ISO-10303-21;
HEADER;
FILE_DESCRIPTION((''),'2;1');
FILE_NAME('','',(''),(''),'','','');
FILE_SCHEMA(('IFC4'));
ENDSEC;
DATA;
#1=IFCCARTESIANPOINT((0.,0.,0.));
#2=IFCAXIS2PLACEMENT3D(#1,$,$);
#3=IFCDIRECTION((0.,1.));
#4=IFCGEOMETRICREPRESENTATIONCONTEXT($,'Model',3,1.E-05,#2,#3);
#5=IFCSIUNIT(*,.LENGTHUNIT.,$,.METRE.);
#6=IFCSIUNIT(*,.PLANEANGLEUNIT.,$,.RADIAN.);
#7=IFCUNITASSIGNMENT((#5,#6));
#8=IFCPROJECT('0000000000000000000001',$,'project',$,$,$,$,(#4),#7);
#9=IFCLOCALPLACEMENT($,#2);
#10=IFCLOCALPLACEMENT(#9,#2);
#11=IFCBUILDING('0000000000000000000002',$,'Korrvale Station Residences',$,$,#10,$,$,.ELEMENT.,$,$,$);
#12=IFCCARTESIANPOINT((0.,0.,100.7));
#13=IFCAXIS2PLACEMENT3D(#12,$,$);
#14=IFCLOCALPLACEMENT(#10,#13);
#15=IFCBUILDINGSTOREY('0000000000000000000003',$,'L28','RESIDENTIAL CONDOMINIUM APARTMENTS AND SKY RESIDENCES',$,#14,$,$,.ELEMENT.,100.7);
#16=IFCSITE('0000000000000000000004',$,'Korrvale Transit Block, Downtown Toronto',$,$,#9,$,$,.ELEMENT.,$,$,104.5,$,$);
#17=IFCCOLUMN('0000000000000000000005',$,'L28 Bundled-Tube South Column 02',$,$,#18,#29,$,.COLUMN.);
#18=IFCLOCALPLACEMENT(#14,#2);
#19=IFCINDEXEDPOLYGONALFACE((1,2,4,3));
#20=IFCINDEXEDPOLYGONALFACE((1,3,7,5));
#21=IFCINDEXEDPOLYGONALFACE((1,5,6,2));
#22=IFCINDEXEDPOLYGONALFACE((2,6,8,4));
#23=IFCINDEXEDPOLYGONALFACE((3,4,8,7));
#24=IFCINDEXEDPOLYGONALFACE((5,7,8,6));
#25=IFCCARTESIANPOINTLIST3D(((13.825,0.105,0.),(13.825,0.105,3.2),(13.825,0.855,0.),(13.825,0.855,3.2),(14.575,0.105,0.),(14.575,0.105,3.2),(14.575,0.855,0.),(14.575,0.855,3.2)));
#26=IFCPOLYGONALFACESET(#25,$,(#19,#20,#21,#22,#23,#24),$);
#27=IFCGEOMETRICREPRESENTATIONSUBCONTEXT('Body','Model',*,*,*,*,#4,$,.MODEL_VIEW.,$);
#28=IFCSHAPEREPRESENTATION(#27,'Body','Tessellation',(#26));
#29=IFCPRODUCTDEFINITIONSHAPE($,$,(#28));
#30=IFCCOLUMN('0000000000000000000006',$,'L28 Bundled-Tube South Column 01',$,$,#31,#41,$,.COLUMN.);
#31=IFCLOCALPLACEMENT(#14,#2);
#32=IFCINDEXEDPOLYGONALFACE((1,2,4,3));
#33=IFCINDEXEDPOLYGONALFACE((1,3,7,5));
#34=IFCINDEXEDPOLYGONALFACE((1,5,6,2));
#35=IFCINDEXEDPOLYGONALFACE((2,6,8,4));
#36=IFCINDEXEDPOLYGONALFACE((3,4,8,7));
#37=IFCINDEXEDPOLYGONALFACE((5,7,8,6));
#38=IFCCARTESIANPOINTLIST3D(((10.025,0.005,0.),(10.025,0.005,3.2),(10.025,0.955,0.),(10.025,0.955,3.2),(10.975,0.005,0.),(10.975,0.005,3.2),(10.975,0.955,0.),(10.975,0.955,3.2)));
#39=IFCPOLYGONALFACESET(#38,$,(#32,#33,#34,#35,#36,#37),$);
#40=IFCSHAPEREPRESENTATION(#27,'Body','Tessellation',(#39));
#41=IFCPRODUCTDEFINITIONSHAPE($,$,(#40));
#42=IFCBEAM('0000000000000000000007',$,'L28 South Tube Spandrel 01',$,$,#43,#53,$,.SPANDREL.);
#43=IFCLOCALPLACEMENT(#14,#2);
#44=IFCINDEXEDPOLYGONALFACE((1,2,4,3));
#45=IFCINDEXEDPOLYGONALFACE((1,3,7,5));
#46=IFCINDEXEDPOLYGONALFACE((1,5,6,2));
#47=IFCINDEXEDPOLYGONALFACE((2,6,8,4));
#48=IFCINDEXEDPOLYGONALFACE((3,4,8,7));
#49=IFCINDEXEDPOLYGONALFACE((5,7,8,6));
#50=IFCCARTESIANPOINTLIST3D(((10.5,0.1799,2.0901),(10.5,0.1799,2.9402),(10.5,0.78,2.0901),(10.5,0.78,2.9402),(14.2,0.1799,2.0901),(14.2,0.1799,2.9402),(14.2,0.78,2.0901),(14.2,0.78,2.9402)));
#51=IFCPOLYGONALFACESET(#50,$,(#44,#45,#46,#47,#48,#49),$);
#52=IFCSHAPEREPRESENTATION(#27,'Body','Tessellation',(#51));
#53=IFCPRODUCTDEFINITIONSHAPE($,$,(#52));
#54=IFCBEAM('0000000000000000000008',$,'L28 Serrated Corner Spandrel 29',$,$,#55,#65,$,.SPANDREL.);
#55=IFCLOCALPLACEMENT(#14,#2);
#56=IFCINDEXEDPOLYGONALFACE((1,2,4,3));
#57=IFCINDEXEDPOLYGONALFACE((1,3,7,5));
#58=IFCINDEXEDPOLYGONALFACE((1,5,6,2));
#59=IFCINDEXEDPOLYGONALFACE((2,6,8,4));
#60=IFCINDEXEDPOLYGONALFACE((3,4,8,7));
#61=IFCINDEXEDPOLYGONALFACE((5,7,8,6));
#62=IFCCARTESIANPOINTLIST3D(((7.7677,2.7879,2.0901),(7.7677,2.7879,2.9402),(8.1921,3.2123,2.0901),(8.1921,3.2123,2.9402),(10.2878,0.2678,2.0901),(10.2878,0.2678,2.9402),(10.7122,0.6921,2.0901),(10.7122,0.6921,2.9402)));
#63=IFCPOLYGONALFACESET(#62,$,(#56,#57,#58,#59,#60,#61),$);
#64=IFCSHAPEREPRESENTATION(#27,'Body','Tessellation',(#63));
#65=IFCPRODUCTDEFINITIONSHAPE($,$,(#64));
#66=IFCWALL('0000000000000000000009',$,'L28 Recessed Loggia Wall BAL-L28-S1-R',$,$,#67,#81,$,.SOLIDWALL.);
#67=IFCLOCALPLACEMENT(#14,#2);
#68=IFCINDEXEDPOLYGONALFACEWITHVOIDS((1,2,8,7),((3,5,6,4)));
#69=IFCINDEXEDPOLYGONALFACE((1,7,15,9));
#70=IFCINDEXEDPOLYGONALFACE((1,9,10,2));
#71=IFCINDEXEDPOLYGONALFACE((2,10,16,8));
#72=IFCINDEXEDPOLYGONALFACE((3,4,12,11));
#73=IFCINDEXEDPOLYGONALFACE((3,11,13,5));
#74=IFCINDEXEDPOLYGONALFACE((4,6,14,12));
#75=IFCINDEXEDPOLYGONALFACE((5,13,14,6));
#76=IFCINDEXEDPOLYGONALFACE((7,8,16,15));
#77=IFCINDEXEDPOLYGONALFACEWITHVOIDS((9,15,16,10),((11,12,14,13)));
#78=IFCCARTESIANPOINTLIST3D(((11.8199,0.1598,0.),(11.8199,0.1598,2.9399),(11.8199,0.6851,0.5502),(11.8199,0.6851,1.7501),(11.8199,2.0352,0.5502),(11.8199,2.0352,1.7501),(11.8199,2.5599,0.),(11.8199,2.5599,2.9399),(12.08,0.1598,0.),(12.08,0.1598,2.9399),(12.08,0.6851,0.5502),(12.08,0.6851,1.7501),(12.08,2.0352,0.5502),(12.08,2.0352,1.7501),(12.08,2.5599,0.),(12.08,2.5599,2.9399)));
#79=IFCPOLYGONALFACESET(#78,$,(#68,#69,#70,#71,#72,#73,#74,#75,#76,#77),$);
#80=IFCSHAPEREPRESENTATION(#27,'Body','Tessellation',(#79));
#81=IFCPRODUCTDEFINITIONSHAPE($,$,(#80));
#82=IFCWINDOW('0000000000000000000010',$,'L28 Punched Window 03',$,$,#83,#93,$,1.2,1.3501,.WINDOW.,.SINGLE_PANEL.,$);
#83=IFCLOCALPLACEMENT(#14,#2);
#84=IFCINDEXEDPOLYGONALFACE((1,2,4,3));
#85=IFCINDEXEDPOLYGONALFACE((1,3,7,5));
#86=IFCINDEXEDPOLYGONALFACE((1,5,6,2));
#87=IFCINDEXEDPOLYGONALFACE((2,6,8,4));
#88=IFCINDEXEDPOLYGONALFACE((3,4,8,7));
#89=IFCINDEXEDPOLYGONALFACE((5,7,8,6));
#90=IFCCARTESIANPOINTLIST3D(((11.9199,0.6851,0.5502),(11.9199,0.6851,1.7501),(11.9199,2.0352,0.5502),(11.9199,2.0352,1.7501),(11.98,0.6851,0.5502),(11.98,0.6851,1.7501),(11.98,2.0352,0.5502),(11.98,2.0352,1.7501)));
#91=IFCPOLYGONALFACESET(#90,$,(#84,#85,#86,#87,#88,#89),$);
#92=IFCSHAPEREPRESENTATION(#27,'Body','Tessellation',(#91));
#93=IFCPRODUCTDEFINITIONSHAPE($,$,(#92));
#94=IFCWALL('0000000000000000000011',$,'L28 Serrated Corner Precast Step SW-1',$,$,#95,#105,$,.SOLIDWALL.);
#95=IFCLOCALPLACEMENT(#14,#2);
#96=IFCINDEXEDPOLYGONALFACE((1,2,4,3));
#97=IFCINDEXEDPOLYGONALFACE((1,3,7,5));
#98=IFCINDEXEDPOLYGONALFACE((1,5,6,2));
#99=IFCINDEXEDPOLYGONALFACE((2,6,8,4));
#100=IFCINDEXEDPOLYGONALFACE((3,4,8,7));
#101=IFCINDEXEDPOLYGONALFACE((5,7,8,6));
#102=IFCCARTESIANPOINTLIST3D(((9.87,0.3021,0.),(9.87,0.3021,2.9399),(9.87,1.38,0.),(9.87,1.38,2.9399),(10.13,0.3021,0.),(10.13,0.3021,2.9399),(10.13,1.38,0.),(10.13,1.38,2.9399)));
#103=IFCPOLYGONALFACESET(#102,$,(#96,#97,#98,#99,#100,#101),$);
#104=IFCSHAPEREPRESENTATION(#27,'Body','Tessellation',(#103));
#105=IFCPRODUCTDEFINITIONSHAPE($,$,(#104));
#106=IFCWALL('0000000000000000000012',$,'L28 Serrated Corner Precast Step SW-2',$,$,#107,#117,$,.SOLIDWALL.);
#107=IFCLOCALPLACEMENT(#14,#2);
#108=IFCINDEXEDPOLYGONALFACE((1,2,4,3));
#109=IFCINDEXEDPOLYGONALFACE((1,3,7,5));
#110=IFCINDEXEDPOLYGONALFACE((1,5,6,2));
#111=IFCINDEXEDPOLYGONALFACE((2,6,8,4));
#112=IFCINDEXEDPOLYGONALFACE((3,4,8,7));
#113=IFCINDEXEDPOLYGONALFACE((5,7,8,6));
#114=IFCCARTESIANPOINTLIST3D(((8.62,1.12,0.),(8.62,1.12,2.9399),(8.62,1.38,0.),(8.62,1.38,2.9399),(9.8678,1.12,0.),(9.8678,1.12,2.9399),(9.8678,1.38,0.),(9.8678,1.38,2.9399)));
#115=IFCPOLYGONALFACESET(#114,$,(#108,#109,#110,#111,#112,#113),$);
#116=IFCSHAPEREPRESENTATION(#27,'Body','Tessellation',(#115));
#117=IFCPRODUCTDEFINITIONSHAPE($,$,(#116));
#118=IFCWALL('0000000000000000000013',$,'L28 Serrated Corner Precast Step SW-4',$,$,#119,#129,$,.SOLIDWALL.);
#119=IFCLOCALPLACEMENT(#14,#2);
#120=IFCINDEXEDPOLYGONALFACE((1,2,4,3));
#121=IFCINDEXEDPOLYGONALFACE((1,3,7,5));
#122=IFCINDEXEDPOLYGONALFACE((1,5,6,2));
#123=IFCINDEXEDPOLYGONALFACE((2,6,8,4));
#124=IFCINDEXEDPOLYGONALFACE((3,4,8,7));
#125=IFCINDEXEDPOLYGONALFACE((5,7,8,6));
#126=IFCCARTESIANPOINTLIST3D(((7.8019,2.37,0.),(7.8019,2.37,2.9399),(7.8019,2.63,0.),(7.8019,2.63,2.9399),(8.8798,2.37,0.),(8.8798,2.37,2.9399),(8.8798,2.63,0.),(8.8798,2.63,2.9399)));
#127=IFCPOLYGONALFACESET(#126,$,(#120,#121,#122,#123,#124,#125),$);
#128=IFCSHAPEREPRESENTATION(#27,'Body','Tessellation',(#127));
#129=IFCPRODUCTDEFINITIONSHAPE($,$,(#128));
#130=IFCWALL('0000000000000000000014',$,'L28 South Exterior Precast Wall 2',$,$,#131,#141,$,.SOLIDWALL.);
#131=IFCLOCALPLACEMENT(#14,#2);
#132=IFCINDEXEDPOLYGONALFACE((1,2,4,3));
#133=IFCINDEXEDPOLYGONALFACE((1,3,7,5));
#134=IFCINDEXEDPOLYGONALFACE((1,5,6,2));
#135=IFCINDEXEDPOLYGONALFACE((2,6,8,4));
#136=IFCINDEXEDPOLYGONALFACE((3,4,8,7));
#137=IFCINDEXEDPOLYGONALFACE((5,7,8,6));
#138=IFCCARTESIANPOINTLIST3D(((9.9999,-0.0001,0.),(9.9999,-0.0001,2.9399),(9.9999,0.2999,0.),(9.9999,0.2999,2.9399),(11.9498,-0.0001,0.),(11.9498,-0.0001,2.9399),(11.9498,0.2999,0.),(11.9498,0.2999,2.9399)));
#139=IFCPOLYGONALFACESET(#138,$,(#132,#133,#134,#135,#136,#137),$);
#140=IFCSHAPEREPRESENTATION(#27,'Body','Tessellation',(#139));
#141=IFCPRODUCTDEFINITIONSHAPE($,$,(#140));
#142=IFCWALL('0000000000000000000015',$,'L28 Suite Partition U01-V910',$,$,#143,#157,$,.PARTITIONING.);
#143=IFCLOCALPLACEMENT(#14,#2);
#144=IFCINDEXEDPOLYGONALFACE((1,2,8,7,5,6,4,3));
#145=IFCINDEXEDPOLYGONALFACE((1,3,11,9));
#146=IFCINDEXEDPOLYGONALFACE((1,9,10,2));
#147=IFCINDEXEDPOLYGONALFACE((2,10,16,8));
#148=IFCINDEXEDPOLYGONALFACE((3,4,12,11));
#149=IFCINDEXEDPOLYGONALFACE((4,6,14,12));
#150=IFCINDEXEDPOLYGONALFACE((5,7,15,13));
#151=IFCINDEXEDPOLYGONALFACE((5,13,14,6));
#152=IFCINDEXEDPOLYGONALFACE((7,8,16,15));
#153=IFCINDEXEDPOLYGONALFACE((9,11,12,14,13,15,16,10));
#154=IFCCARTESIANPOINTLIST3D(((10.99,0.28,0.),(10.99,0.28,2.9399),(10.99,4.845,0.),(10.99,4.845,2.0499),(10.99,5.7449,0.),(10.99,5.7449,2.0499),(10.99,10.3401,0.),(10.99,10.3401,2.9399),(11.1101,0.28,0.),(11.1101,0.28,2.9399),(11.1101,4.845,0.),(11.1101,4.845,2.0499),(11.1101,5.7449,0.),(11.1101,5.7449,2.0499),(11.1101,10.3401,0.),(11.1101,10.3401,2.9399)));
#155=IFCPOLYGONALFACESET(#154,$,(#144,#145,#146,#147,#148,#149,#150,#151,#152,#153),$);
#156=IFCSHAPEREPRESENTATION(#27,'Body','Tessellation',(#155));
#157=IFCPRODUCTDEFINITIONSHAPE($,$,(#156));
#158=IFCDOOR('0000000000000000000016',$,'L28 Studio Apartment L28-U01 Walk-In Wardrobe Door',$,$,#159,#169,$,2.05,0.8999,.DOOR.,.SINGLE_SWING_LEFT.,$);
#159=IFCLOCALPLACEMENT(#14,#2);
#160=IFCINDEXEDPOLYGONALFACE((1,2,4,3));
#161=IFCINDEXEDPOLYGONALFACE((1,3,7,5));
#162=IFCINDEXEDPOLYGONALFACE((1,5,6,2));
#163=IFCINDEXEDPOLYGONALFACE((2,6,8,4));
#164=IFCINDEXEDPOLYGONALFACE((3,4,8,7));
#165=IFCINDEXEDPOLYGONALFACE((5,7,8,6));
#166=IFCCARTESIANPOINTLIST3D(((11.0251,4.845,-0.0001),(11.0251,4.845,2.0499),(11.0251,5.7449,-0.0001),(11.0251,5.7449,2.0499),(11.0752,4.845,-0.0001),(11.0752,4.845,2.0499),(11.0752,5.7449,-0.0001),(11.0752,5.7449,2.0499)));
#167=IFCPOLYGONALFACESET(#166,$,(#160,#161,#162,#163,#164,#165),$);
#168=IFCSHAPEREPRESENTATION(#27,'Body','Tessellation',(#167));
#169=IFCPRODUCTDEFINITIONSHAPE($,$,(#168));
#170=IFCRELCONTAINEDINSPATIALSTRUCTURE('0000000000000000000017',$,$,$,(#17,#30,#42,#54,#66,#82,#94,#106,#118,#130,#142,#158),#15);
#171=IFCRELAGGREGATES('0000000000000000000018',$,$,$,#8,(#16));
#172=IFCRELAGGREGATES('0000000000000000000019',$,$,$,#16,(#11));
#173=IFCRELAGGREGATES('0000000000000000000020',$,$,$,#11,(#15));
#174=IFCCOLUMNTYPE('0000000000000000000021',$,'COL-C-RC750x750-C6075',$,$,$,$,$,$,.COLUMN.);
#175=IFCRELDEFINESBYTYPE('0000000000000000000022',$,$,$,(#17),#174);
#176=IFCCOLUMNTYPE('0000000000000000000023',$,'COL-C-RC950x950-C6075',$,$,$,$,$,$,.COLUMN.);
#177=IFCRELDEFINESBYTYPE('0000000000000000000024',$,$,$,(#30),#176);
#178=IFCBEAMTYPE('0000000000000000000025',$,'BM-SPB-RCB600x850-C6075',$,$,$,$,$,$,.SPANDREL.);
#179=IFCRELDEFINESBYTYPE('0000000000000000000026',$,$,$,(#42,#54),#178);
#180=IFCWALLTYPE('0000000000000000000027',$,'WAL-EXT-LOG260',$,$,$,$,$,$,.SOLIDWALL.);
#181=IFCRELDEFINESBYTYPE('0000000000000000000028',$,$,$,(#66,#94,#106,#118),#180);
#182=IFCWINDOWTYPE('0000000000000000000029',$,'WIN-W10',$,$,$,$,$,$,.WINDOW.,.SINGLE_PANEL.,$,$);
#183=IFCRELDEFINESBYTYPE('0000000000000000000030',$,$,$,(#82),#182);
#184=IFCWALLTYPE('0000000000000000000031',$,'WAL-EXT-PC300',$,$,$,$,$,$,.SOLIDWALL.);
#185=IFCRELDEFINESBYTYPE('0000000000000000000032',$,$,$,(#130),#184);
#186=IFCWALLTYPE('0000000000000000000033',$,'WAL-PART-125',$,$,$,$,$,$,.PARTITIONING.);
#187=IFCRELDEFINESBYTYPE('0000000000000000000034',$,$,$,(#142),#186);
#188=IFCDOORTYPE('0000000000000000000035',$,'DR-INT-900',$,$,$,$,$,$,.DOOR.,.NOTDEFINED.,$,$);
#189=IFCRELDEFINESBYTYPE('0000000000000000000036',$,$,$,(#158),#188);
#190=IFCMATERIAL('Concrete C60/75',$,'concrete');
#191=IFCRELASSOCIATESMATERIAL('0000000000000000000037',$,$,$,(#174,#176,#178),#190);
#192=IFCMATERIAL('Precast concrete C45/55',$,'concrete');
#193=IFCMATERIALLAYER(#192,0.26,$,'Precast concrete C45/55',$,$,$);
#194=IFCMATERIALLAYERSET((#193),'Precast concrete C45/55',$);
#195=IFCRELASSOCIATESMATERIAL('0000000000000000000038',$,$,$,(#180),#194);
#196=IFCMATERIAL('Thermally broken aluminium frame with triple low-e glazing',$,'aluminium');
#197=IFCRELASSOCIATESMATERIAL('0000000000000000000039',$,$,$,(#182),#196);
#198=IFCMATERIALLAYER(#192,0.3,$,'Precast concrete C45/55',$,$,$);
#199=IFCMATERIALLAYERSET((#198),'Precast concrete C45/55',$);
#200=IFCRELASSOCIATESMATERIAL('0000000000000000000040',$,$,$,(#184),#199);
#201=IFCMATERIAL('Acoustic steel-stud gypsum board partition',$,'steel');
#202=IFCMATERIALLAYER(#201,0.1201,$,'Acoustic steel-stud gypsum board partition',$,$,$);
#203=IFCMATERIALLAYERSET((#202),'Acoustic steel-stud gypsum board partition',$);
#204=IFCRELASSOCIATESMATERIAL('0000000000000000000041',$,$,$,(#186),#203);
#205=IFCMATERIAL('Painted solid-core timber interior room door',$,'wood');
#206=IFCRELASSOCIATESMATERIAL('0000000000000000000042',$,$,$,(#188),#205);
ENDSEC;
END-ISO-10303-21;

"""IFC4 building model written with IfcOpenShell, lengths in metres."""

from ifc_helpers import new_model, si_unit, direction, frame, frame_2d, origin, origin_2d, place, context, subcontext, project, spatial, rectangle, extrude, material, layer, layer_set, material_profile, profile_set, type_object, element, fill, save


model = new_model("IFC4")

# Units and contexts
model_context = context("Model", 3, precision=1e-05, world=origin(), true_north=direction((0.0, 1.0)))
body_context = subcontext(model_context, "Body", "Model", "MODEL_VIEW")
ifc_project = project(units=[si_unit("LENGTHUNIT", "METRE"), si_unit("PLANEANGLEUNIT", "RADIAN")], contexts=[model_context])

# Site, building, storey
site_placement = place(None, origin())
site = spatial("IfcSite", under=ifc_project, at=site_placement, Name="Korrvale Transit Block, Downtown Toronto", CompositionType="ELEMENT", RefElevation=104.5)
building_placement = place(site_placement, origin())
building = spatial("IfcBuilding", under=site, at=building_placement, Name="Korrvale Station Residences", CompositionType="ELEMENT")
storey_placement = place(building_placement, frame((0.0, 0.0, 100.7)))
storey = spatial("IfcBuildingStorey", under=building, at=storey_placement, Name="L28", Description="RESIDENTIAL CONDOMINIUM APARTMENTS AND SKY RESIDENCES", CompositionType="ELEMENT", Elevation=100.7)

# Columns
ifc_material_1 = material(Name="Concrete C60/75", Category="concrete")
ifc_material_profile_1 = material_profile(ifc_material_1, rectangle(XDim=0.75, YDim=0.75, at=origin_2d()), Name="RC750x750")
ifc_profile_set_1 = profile_set([ifc_material_profile_1], Name="Concrete C60/75")
column_type_1 = type_object("IfcColumnType", Name="COL-C-RC750x750-C6075", PredefinedType="COLUMN", material=ifc_profile_set_1)
column_1_placement = place(storey_placement, frame((14.2, 0.48, 0.0), z_axis=(0.0, 0.0, 1.0), x_axis=(1.0, 0.0, 0.0)))
element("IfcColumn", 1, at=column_1_placement, inside=storey, type_object=column_type_1, Name="L28 Bundled-Tube South Column 02", PredefinedType="COLUMN", context=body_context, shape_type="SweptSolid", body=[
    extrude(rectangle(XDim=0.75, YDim=0.75, at=origin_2d()), origin(), (0.0, 0.0, 1.0), 3.2),
])
ifc_material_profile_2 = material_profile(ifc_material_1, rectangle(XDim=0.95, YDim=0.95, at=origin_2d()), Name="RC950x950")
ifc_profile_set_2 = profile_set([ifc_material_profile_2], Name="Concrete C60/75")
column_type_2 = type_object("IfcColumnType", Name="COL-C-RC950x950-C6075", PredefinedType="COLUMN", material=ifc_profile_set_2)
column_2_placement = place(storey_placement, frame((10.5, 0.48, 0.0), z_axis=(0.0, 0.0, 1.0), x_axis=(1.0, 0.0, 0.0)))
element("IfcColumn", 2, at=column_2_placement, inside=storey, type_object=column_type_2, Name="L28 Bundled-Tube South Column 01", PredefinedType="COLUMN", context=body_context, shape_type="SweptSolid", body=[
    extrude(rectangle(XDim=0.95, YDim=0.95, at=origin_2d()), origin(), (0.0, 0.0, 1.0), 3.2),
])

# Beams
ifc_material_profile_3 = material_profile(ifc_material_1, rectangle(XDim=0.6001, YDim=0.8501, at=origin_2d()), Name="RCB600x850")
ifc_profile_set_3 = profile_set([ifc_material_profile_3], Name="Concrete C60/75")
beam_type = type_object("IfcBeamType", Name="BM-SPB-RCB600x850-C6075", PredefinedType="SPANDREL", material=ifc_profile_set_3)
beam_1_placement = place(storey_placement, frame((10.5, 0.48, 2.5151), z_axis=(1.0, 0.0, 0.0), x_axis=(0.0, 1.0, 0.0)))
element("IfcBeam", 3, at=beam_1_placement, inside=storey, type_object=beam_type, Name="L28 South Tube Spandrel 01", PredefinedType="SPANDREL", context=body_context, shape_type="SweptSolid", body=[
    extrude(rectangle(XDim=0.6001, YDim=0.8501, at=origin_2d()), origin(), (0.0, 0.0, 1.0), 3.7),
])
beam_2_placement = place(storey_placement, frame((10.5, 0.48, 2.5151), z_axis=(-0.707107, 0.707107, 0.0), x_axis=(-0.707107, -0.707107, 0.0)))
element("IfcBeam", 4, at=beam_2_placement, inside=storey, type_object=beam_type, Name="L28 Serrated Corner Spandrel 29", PredefinedType="SPANDREL", context=body_context, shape_type="SweptSolid", body=[
    extrude(rectangle(XDim=0.6001, YDim=0.8501, at=origin_2d()), origin(), (0.0, 0.0, 1.0), 3.564),
])

# Wall, opening, window
ifc_material_2 = material(Name="Precast concrete C45/55", Category="concrete")
ifc_layer_1 = layer(ifc_material_2, 0.26, Name="Precast concrete C45/55")
ifc_layer_set_1 = layer_set([ifc_layer_1], Name="Precast concrete C45/55")
wall_type_1 = type_object("IfcWallType", Name="WAL-EXT-LOG260", PredefinedType="SOLIDWALL", material=ifc_layer_set_1)
wall_1_placement = place(storey_placement, frame((11.95, 2.5601, 0.0), z_axis=(0.0, 0.0, 1.0), x_axis=(0.0, -1.0, 0.0)))
wall_1 = element("IfcWall", 5, at=wall_1_placement, inside=storey, type_object=wall_type_1, Name="L28 Recessed Loggia Wall BAL-L28-S1-R", PredefinedType="SOLIDWALL", context=body_context, shape_type="SweptSolid", body=[
    extrude(rectangle(XDim=2.4001, YDim=0.26, at=frame_2d((1.2002, 0.0))), origin(), (0.0, 0.0, 1.0), 2.9399),
])
opening_1_placement = place(wall_1_placement, frame((0.5249, 0.0, 0.55)))
opening_1 = element("IfcOpeningElement", 6, at=opening_1_placement, cuts=wall_1, PredefinedType="OPENING", context=body_context, shape_type="SweptSolid", body=[
    extrude(rectangle(XDim=1.3501, YDim=1.2, at=frame_2d((0.675, 0.6001))), frame((0.0, 0.1401, 0.0), z_axis=(0.0, -1.0, 0.0), x_axis=(1.0, 0.0, 0.0)), (0.0, 0.0, 1.0), 0.28),
])
ifc_material_3 = material(Name="Thermally broken aluminium frame with triple low-e glazing", Category="aluminium")
window_type = type_object("IfcWindowType", Name="WIN-W10", PartitioningType="SINGLE_PANEL", PredefinedType="WINDOW", material=ifc_material_3)
window_placement = place(opening_1_placement, origin())
window = element("IfcWindow", 7, at=window_placement, inside=storey, type_object=window_type, Name="L28 Punched Window 03", OverallHeight=1.2, OverallWidth=1.3501, PartitioningType="SINGLE_PANEL", PredefinedType="WINDOW", context=body_context, shape_type="SweptSolid", body=[
    extrude(rectangle(XDim=1.3501, YDim=1.2, at=frame_2d((0.675, 0.6001))), frame((0.0, 0.03, 0.0), z_axis=(0.0, -1.0, 0.0), x_axis=(1.0, 0.0, 0.0)), (0.0, 0.0, 1.0), 0.0601),
])
fill(opening_1, window)

# Walls
wall_2_placement = place(storey_placement, frame((10.0, 0.302, 0.0), z_axis=(0.0, 0.0, 1.0), x_axis=(0.0, 1.0, 0.0)))
element("IfcWall", 8, at=wall_2_placement, inside=storey, type_object=wall_type_1, Name="L28 Serrated Corner Precast Step SW-1", PredefinedType="SOLIDWALL", context=body_context, shape_type="SweptSolid", body=[
    extrude(rectangle(XDim=1.0779, YDim=0.26, at=frame_2d((0.5391, 0.0))), origin(), (0.0, 0.0, 1.0), 2.9399),
])
wall_3_placement = place(storey_placement, frame((9.8679, 1.25, 0.0), z_axis=(0.0, 0.0, 1.0), x_axis=(-1.0, 0.0, 0.0)))
element("IfcWall", 9, at=wall_3_placement, inside=storey, type_object=wall_type_1, Name="L28 Serrated Corner Precast Step SW-2", PredefinedType="SOLIDWALL", context=body_context, shape_type="SweptSolid", body=[
    extrude(rectangle(XDim=1.2478, YDim=0.26, at=frame_2d((0.624, 0.0))), origin(), (0.0, 0.0, 1.0), 2.9399),
])
wall_4_placement = place(storey_placement, frame((8.8799, 2.5, 0.0), z_axis=(0.0, 0.0, 1.0), x_axis=(-1.0, 0.0, 0.0)))
element("IfcWall", 10, at=wall_4_placement, inside=storey, type_object=wall_type_1, Name="L28 Serrated Corner Precast Step SW-4", PredefinedType="SOLIDWALL", context=body_context, shape_type="SweptSolid", body=[
    extrude(rectangle(XDim=1.0779, YDim=0.26, at=frame_2d((0.5391, 0.0))), origin(), (0.0, 0.0, 1.0), 2.9399),
])
ifc_layer_2 = layer(ifc_material_2, 0.3, Name="Precast concrete C45/55")
ifc_layer_set_2 = layer_set([ifc_layer_2], Name="Precast concrete C45/55")
wall_type_2 = type_object("IfcWallType", Name="WAL-EXT-PC300", PredefinedType="SOLIDWALL", material=ifc_layer_set_2)
wall_5_placement = place(storey_placement, frame((11.95, 0.1499, 0.0), z_axis=(0.0, 0.0, 1.0), x_axis=(-1.0, 0.0, 0.0)))
element("IfcWall", 11, at=wall_5_placement, inside=storey, type_object=wall_type_2, Name="L28 South Exterior Precast Wall 2", PredefinedType="SOLIDWALL", context=body_context, shape_type="SweptSolid", body=[
    extrude(rectangle(XDim=1.95, YDim=0.3, at=frame_2d((0.9751, 0.0))), origin(), (0.0, 0.0, 1.0), 2.9399),
])

# Wall, opening, door
ifc_material_4 = material(Name="Acoustic steel-stud gypsum board partition", Category="steel")
ifc_layer_3 = layer(ifc_material_4, 0.1201, Name="Acoustic steel-stud gypsum board partition")
ifc_layer_set_3 = layer_set([ifc_layer_3], Name="Acoustic steel-stud gypsum board partition")
wall_type_3 = type_object("IfcWallType", Name="WAL-PART-125", PredefinedType="PARTITIONING", material=ifc_layer_set_3)
wall_6_placement = place(storey_placement, frame((11.05, 0.28, 0.0), z_axis=(0.0, 0.0, 1.0), x_axis=(0.0, 1.0, 0.0)))
wall_6 = element("IfcWall", 12, at=wall_6_placement, inside=storey, type_object=wall_type_3, Name="L28 Suite Partition U01-V910", PredefinedType="PARTITIONING", context=body_context, shape_type="SweptSolid", body=[
    extrude(rectangle(XDim=10.0601, YDim=0.1201, at=frame_2d((5.03, 0.0))), origin(), (0.0, 0.0, 1.0), 2.9399),
])
opening_2_placement = place(wall_6_placement, frame((4.5649, 0.0, 0.0)))
opening_2 = element("IfcOpeningElement", 13, at=opening_2_placement, cuts=wall_6, PredefinedType="OPENING", context=body_context, shape_type="SweptSolid", body=[
    extrude(rectangle(XDim=0.8999, YDim=2.05, at=frame_2d((0.45, 1.0249))), frame((0.0, 0.0701, 0.0), z_axis=(0.0, -1.0, 0.0), x_axis=(1.0, 0.0, 0.0)), (0.0, 0.0, 1.0), 0.1401),
])
ifc_material_5 = material(Name="Painted solid-core timber interior room door", Category="wood")
door_type = type_object("IfcDoorType", Name="DR-INT-900", OperationType="NOTDEFINED", PredefinedType="DOOR", material=ifc_material_5)
door_placement = place(opening_2_placement, origin())
door = element("IfcDoor", 14, at=door_placement, inside=storey, type_object=door_type, Name="L28 Studio Apartment L28-U01 Walk-In Wardrobe Door", OperationType="SINGLE_SWING_LEFT", OverallHeight=2.05, OverallWidth=0.8999, PredefinedType="DOOR", context=body_context, shape_type="SweptSolid", body=[
    extrude(rectangle(XDim=0.8999, YDim=2.05, at=frame_2d((0.45, 1.0249))), frame((0.0, 0.0249, 0.0), z_axis=(0.0, -1.0, 0.0), x_axis=(1.0, 0.0, 0.0)), (0.0, 0.0, 1.0), 0.05),
])
fill(opening_2, door)

save(model, "model.ifc")
